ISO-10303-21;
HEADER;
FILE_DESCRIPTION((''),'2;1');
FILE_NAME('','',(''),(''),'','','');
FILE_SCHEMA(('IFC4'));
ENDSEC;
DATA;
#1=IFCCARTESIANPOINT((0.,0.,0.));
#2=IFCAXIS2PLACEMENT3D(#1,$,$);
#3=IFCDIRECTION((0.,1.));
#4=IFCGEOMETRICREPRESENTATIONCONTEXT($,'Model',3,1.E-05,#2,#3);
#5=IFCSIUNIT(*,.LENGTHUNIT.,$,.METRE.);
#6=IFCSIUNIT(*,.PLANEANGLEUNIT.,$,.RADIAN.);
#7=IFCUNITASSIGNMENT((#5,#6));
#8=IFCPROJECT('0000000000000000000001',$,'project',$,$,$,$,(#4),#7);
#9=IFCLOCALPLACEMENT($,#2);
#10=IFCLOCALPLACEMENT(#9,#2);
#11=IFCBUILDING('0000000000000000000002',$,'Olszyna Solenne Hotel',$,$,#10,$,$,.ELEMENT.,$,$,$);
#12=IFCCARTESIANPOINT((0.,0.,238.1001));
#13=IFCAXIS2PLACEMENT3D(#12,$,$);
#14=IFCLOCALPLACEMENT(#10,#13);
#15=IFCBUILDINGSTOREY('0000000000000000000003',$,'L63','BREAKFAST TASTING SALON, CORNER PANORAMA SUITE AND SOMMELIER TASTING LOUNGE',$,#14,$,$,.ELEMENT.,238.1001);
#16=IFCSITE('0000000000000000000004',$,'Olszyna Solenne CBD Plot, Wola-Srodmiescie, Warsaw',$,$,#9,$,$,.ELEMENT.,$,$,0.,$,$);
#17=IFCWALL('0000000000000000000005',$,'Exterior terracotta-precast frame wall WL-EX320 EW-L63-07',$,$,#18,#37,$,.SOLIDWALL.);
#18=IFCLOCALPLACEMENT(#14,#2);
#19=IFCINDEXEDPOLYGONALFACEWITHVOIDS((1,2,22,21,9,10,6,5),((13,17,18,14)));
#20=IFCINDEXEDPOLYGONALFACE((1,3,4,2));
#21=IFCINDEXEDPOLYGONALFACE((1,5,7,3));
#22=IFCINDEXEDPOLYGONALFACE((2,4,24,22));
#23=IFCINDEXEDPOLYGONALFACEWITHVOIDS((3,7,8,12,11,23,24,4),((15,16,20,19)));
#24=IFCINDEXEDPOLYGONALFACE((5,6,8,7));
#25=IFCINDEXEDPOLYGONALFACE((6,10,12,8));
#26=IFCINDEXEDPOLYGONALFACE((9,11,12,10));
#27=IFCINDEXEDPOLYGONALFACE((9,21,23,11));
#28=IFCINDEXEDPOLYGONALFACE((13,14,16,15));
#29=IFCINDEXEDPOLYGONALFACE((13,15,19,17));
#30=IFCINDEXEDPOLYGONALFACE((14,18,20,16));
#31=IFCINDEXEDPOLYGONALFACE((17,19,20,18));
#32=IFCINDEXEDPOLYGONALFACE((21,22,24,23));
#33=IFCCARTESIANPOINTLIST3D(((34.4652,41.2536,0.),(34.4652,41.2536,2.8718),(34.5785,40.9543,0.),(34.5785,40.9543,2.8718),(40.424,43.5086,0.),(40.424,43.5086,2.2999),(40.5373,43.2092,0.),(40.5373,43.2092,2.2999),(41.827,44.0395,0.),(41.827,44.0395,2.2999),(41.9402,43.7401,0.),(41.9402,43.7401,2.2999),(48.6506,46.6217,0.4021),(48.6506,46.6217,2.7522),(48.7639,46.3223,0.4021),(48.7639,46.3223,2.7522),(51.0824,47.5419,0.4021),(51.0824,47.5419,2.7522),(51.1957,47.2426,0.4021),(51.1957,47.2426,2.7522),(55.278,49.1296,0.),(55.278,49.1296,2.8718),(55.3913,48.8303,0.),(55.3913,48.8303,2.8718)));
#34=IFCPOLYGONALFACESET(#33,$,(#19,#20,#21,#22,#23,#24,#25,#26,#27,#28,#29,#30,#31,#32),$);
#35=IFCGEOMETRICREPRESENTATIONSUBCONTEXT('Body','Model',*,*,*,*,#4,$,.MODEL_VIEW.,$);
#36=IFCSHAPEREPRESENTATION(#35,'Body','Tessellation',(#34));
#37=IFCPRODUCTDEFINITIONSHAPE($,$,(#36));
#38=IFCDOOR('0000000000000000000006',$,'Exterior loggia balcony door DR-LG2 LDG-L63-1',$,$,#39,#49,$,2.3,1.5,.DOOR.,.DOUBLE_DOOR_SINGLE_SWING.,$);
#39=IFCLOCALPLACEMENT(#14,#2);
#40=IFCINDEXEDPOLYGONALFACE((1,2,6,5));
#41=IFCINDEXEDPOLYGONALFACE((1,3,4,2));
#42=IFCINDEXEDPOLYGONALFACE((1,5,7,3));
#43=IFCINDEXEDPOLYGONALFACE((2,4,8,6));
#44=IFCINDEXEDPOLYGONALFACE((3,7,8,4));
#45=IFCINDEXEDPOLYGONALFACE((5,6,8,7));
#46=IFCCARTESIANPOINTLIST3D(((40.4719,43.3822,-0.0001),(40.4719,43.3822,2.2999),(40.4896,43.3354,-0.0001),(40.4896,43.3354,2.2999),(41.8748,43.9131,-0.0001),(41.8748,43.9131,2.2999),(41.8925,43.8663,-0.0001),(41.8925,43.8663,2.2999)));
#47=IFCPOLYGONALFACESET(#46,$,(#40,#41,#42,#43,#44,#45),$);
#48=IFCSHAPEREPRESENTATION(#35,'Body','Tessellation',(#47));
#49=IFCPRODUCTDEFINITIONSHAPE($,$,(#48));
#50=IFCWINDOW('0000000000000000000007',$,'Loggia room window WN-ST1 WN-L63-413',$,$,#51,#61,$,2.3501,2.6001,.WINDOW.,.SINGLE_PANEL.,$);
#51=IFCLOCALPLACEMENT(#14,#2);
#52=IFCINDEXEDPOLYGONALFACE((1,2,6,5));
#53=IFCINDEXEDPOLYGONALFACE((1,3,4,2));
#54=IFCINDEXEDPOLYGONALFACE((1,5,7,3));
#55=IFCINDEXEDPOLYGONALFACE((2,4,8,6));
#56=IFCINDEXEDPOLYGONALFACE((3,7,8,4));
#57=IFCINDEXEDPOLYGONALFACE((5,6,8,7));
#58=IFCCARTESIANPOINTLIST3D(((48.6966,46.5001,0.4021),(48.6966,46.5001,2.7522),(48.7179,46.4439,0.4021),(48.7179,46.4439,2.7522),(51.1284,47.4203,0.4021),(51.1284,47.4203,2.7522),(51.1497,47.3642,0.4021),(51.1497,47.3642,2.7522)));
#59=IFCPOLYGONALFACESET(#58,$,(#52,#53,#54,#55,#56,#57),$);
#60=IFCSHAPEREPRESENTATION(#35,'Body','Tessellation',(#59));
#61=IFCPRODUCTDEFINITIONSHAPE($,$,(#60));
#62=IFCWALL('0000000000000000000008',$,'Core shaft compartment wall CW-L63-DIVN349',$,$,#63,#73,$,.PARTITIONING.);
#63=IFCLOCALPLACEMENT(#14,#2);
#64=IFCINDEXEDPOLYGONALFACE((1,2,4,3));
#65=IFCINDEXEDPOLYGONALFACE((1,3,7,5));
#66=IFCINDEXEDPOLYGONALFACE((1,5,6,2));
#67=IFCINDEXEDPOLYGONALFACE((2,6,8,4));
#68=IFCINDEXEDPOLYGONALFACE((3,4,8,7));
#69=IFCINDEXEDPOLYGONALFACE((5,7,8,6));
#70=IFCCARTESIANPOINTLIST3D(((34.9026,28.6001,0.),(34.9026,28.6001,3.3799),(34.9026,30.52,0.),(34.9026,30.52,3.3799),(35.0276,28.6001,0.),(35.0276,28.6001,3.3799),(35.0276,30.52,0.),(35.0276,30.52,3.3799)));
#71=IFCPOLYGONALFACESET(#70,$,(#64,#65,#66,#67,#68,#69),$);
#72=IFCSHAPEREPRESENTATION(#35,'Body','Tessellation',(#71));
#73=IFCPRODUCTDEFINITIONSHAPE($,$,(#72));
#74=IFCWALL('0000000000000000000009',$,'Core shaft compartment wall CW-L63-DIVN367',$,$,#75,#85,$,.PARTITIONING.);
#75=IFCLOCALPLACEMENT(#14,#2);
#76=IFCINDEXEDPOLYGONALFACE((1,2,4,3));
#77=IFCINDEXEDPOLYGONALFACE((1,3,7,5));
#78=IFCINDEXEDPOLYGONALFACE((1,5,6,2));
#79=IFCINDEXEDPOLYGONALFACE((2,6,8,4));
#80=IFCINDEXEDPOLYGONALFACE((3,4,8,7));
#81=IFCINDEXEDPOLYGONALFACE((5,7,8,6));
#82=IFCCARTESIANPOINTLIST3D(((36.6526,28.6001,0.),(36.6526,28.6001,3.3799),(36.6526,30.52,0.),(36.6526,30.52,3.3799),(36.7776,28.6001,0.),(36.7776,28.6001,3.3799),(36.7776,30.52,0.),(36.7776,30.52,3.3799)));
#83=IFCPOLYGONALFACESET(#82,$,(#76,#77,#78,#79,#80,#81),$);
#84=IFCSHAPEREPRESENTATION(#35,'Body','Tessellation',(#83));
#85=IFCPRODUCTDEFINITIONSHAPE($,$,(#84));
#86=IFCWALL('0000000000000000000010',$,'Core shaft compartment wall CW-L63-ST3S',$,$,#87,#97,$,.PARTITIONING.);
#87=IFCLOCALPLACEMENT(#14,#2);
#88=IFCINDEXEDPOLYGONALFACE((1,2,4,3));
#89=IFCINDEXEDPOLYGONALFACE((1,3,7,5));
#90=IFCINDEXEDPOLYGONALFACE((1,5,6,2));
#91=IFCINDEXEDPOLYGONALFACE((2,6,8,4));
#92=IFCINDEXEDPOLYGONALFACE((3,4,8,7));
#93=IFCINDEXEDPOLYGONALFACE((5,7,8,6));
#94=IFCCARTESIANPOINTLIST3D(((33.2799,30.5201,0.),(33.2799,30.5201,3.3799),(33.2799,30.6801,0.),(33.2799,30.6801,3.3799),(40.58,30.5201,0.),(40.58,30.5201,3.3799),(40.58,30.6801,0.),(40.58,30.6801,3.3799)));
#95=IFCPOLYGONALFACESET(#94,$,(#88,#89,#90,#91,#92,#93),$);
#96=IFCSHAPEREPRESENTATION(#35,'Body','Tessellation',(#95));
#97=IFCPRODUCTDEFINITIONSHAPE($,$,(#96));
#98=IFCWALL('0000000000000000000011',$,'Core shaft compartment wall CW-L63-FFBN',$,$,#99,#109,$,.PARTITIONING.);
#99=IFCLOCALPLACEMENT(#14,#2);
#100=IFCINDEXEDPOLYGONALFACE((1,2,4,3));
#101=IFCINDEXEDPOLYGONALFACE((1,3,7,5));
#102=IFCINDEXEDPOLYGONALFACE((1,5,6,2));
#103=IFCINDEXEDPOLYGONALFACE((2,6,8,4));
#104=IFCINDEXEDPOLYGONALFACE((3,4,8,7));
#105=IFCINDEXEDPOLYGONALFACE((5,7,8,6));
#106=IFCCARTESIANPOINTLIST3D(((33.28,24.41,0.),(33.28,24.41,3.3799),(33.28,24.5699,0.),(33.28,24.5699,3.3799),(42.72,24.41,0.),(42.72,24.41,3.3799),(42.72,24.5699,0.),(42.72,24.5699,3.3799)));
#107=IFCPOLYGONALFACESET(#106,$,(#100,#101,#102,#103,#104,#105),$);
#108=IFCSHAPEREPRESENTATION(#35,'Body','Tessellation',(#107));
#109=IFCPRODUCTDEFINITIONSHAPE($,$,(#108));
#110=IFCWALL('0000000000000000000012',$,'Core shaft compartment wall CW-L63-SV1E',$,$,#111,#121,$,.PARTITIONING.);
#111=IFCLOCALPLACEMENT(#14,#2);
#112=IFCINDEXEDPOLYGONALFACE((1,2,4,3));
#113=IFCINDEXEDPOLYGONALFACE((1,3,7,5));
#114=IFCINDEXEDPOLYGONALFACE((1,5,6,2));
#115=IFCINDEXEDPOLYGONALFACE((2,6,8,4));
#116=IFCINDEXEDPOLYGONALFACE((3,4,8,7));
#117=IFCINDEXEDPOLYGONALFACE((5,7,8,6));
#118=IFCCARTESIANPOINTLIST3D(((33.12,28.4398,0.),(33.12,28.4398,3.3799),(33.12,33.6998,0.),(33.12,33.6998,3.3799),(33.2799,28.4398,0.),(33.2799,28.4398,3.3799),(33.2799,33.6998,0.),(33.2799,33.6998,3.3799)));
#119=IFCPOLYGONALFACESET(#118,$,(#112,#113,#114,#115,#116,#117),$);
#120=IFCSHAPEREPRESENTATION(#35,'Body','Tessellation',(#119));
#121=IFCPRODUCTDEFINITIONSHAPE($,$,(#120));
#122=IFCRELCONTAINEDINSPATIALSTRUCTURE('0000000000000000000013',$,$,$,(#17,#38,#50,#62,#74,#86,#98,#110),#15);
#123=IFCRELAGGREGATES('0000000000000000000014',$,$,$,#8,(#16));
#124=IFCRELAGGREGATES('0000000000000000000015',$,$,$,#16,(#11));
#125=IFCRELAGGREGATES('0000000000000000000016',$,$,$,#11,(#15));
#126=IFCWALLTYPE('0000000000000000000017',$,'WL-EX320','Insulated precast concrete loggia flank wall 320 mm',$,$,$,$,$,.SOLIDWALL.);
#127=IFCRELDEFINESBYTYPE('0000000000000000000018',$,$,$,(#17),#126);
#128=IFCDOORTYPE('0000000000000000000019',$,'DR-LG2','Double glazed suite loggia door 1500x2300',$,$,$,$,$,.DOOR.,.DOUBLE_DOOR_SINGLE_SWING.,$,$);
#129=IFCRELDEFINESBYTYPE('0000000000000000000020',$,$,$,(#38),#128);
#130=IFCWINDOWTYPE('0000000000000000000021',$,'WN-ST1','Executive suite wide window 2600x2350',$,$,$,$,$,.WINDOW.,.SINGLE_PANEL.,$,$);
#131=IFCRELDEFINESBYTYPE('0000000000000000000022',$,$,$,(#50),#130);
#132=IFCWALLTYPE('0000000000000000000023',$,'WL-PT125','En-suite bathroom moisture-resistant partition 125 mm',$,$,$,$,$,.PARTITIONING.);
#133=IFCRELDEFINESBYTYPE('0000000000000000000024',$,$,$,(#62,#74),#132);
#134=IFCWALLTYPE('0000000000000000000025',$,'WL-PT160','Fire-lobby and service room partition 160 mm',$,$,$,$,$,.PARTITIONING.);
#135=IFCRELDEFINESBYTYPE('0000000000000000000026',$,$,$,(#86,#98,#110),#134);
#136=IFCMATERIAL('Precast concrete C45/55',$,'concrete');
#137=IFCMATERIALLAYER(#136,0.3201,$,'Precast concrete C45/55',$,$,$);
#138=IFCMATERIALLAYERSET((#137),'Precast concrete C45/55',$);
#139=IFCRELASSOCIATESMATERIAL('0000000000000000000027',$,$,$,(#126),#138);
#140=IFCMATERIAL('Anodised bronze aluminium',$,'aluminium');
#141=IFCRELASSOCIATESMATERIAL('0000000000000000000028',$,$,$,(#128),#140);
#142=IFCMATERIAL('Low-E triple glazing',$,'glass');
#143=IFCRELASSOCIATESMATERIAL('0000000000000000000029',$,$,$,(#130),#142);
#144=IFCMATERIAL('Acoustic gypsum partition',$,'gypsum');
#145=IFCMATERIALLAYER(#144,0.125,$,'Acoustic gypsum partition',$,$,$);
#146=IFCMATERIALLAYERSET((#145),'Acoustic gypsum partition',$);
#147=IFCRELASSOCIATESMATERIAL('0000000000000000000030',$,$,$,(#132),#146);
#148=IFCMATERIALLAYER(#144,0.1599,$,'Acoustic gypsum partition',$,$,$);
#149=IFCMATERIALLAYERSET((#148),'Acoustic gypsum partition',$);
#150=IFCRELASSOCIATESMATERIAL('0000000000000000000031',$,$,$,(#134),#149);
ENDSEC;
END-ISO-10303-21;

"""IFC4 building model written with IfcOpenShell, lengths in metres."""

from ifc_helpers import new_model, si_unit, direction, frame, frame_2d, origin, place, context, subcontext, project, spatial, rectangle, extrude, source, transform, mapped, material, layer, layer_set, type_object, type_shapes, element, fill, save


model = new_model("IFC4")

# Units and contexts
model_context = context("Model", 3, precision=1e-05, world=origin(), true_north=direction((0.0, 1.0)))
body_context = subcontext(model_context, "Body", "Model", "MODEL_VIEW")
ifc_project = project(units=[si_unit("LENGTHUNIT", "METRE"), si_unit("PLANEANGLEUNIT", "RADIAN")], contexts=[model_context])

# Site, building, storey
site_placement = place(None, origin())
site = spatial("IfcSite", under=ifc_project, at=site_placement, Name="Olszyna Solenne CBD Plot, Wola-Srodmiescie, Warsaw", CompositionType="ELEMENT", RefElevation=0.0)
building_placement = place(site_placement, origin())
building = spatial("IfcBuilding", under=site, at=building_placement, Name="Olszyna Solenne Hotel", CompositionType="ELEMENT")
storey_placement = place(building_placement, frame((0.0, 0.0, 238.1001)))
storey = spatial("IfcBuildingStorey", under=building, at=storey_placement, Name="L63", Description="BREAKFAST TASTING SALON, CORNER PANORAMA SUITE AND SOMMELIER TASTING LOUNGE", CompositionType="ELEMENT", Elevation=238.1001)

# Wall, openings, door, window
ifc_material_1 = material(Name="Precast concrete C45/55", Category="concrete")
ifc_layer_1 = layer(ifc_material_1, 0.3201, Name="Precast concrete C45/55")
ifc_layer_set_1 = layer_set([ifc_layer_1], Name="Precast concrete C45/55")
wall_type_1 = type_object("IfcWallType", Name="WL-EX320", Description="Insulated precast concrete loggia flank wall 320 mm", PredefinedType="SOLIDWALL", material=ifc_layer_set_1)
wall_1_placement = place(storey_placement, frame((34.522, 41.104, 0.0), z_axis=(0.0, 0.0, 1.0), x_axis=(0.935273, 0.353927, 0.0)))
wall_1 = element("IfcWall", 1, at=wall_1_placement, inside=storey, type_object=wall_type_1, Name="Exterior terracotta-precast frame wall WL-EX320 EW-L63-07", PredefinedType="SOLIDWALL", context=body_context, shape_type="SweptSolid", body=[
    extrude(rectangle(XDim=22.2532, YDim=0.3201, at=frame_2d((11.1265, 0.0))), origin(), (0.0, 0.0, 1.0), 2.8718),
])
opening_1_placement = place(wall_1_placement, frame((6.3711, 0.0, 0.0)))
opening_1 = element("IfcOpeningElement", 2, at=opening_1_placement, cuts=wall_1, PredefinedType="OPENING", context=body_context, shape_type="SweptSolid", body=[
    extrude(rectangle(XDim=1.5, YDim=2.3, at=frame_2d((0.75, 1.1499))), frame((0.0, 0.1699, 0.0), z_axis=(0.0, -1.0, 0.0), x_axis=(1.0, 0.0, 0.0)), (0.0, 0.0, 1.0), 0.3401),
])
opening_2_placement = place(wall_1_placement, frame((15.167, 0.0, 0.4021)))
opening_2 = element("IfcOpeningElement", 3, at=opening_2_placement, cuts=wall_1, PredefinedType="OPENING", context=body_context, shape_type="SweptSolid", body=[
    extrude(rectangle(XDim=2.6001, YDim=2.3501, at=frame_2d((1.3, 1.175))), frame((0.0, 0.1699, 0.0), z_axis=(0.0, -1.0, 0.0), x_axis=(1.0, 0.0, 0.0)), (0.0, 0.0, 1.0), 0.3401),
])
ifc_material_2 = material(Name="Anodised bronze aluminium", Category="aluminium")
door_type_1 = type_object("IfcDoorType", Name="DR-LG2", Description="Double glazed suite loggia door 1500x2300", OperationType="DOUBLE_DOOR_SINGLE_SWING", PredefinedType="DOOR", material=ifc_material_2)
shared_shape_1 = source(origin(), body_context, "Body", "SweptSolid", [
    extrude(rectangle(XDim=1.5, YDim=2.3, at=frame_2d((0.75, 1.1499))), frame((0.0, 0.0249, 0.0), z_axis=(0.0, -1.0, 0.0), x_axis=(1.0, 0.0, 0.0)), (0.0, 0.0, 1.0), 0.05),
])
type_shapes(door_type_1, [shared_shape_1])
door_1_placement = place(opening_1_placement, origin())
door_1 = element("IfcDoor", 4, at=door_1_placement, inside=storey, type_object=door_type_1, Name="Exterior loggia balcony door DR-LG2 LDG-L63-1", OperationType="DOUBLE_DOOR_SINGLE_SWING", OverallHeight=2.3, OverallWidth=1.5, PredefinedType="DOOR", context=body_context, shape_type="MappedRepresentation", body=[
    mapped(shared_shape_1, transform((0.0, 0.0, 0.0), x_axis=(1.0, 0.0, 0.0), y_axis=(0.0, 1.0, 0.0), z_axis=(0.0, 0.0, 1.0), scale=1.0)),
])
fill(opening_1, door_1)
ifc_material_3 = material(Name="Low-E triple glazing", Category="glass")
window_type = type_object("IfcWindowType", Name="WN-ST1", Description="Executive suite wide window 2600x2350", PartitioningType="SINGLE_PANEL", PredefinedType="WINDOW", material=ifc_material_3)
shared_shape_2 = source(origin(), body_context, "Body", "SweptSolid", [
    extrude(rectangle(XDim=2.6001, YDim=2.3501, at=frame_2d((1.3, 1.175))), frame((0.0, 0.03, 0.0), z_axis=(0.0, -1.0, 0.0), x_axis=(1.0, 0.0, 0.0)), (0.0, 0.0, 1.0), 0.0601),
])
type_shapes(window_type, [shared_shape_2])
window_placement = place(opening_2_placement, origin())
window = element("IfcWindow", 5, at=window_placement, inside=storey, type_object=window_type, Name="Loggia room window WN-ST1 WN-L63-413", OverallHeight=2.3501, OverallWidth=2.6001, PartitioningType="SINGLE_PANEL", PredefinedType="WINDOW", context=body_context, shape_type="MappedRepresentation", body=[
    mapped(shared_shape_2, transform((0.0, 0.0, 0.0), x_axis=(1.0, 0.0, 0.0), y_axis=(0.0, 1.0, 0.0), z_axis=(0.0, 0.0, 1.0), scale=1.0)),
])
fill(opening_2, window)

# Walls
ifc_material_4 = material(Name="Acoustic gypsum partition", Category="gypsum")
ifc_layer_2 = layer(ifc_material_4, 0.125, Name="Acoustic gypsum partition")
ifc_layer_set_2 = layer_set([ifc_layer_2], Name="Acoustic gypsum partition")
wall_type_2 = type_object("IfcWallType", Name="WL-PT125", Description="En-suite bathroom moisture-resistant partition 125 mm", PredefinedType="PARTITIONING", material=ifc_layer_set_2)
for number, where, z_axis, x_axis, name in (
    (6, (34.9651, 28.6001, 0.0), (0.0, 0.0, 1.0), (0.0, 1.0, 0.0), "Core shaft compartment wall CW-L63-DIVN349"),
    (7, (36.7151, 28.6001, 0.0), (0.0, 0.0, 1.0), (0.0, 1.0, 0.0), "Core shaft compartment wall CW-L63-DIVN367"),
):
    element("IfcWall", number, at=place(storey_placement, frame(where, z_axis=z_axis, x_axis=x_axis)), inside=storey, type_object=wall_type_2, Name=name, PredefinedType="PARTITIONING", context=body_context, shape_type="SweptSolid", body=[
        extrude(rectangle(XDim=1.9199, YDim=0.125, at=frame_2d((0.96, 0.0))), origin(), (0.0, 0.0, 1.0), 3.3799),
    ])
ifc_layer_3 = layer(ifc_material_4, 0.1599, Name="Acoustic gypsum partition")
ifc_layer_set_3 = layer_set([ifc_layer_3], Name="Acoustic gypsum partition")
wall_type_3 = type_object("IfcWallType", Name="WL-PT160", Description="Fire-lobby and service room partition 160 mm", PredefinedType="PARTITIONING", material=ifc_layer_set_3)
wall_2_placement = place(storey_placement, frame((33.28, 30.6001, 0.0), z_axis=(0.0, 0.0, 1.0), x_axis=(1.0, 0.0, 0.0)))
element("IfcWall", 8, at=wall_2_placement, inside=storey, type_object=wall_type_3, Name="Core shaft compartment wall CW-L63-ST3S", PredefinedType="PARTITIONING", context=body_context, shape_type="SweptSolid", body=[
    extrude(rectangle(XDim=7.3, YDim=0.1599, at=frame_2d((3.6499, 0.0))), origin(), (0.0, 0.0, 1.0), 3.3799),
])
wall_3_placement = place(storey_placement, frame((33.28, 24.49, 0.0), z_axis=(0.0, 0.0, 1.0), x_axis=(1.0, 0.0, 0.0)))
element("IfcWall", 9, at=wall_3_placement, inside=storey, type_object=wall_type_3, Name="Core shaft compartment wall CW-L63-FFBN", PredefinedType="PARTITIONING", context=body_context, shape_type="SweptSolid", body=[
    extrude(rectangle(XDim=9.4399, YDim=0.1599, at=frame_2d((4.72, 0.0))), origin(), (0.0, 0.0, 1.0), 3.3799),
])
wall_4_placement = place(storey_placement, frame((33.2, 28.4399, 0.0), z_axis=(0.0, 0.0, 1.0), x_axis=(0.0, 1.0, 0.0)))
element("IfcWall", 10, at=wall_4_placement, inside=storey, type_object=wall_type_3, Name="Core shaft compartment wall CW-L63-SV1E", PredefinedType="PARTITIONING", context=body_context, shape_type="SweptSolid", body=[
    extrude(rectangle(XDim=5.26, YDim=0.1599, at=frame_2d((2.6299, 0.0))), origin(), (0.0, 0.0, 1.0), 3.3799),
])

save(model, "model.ifc")
